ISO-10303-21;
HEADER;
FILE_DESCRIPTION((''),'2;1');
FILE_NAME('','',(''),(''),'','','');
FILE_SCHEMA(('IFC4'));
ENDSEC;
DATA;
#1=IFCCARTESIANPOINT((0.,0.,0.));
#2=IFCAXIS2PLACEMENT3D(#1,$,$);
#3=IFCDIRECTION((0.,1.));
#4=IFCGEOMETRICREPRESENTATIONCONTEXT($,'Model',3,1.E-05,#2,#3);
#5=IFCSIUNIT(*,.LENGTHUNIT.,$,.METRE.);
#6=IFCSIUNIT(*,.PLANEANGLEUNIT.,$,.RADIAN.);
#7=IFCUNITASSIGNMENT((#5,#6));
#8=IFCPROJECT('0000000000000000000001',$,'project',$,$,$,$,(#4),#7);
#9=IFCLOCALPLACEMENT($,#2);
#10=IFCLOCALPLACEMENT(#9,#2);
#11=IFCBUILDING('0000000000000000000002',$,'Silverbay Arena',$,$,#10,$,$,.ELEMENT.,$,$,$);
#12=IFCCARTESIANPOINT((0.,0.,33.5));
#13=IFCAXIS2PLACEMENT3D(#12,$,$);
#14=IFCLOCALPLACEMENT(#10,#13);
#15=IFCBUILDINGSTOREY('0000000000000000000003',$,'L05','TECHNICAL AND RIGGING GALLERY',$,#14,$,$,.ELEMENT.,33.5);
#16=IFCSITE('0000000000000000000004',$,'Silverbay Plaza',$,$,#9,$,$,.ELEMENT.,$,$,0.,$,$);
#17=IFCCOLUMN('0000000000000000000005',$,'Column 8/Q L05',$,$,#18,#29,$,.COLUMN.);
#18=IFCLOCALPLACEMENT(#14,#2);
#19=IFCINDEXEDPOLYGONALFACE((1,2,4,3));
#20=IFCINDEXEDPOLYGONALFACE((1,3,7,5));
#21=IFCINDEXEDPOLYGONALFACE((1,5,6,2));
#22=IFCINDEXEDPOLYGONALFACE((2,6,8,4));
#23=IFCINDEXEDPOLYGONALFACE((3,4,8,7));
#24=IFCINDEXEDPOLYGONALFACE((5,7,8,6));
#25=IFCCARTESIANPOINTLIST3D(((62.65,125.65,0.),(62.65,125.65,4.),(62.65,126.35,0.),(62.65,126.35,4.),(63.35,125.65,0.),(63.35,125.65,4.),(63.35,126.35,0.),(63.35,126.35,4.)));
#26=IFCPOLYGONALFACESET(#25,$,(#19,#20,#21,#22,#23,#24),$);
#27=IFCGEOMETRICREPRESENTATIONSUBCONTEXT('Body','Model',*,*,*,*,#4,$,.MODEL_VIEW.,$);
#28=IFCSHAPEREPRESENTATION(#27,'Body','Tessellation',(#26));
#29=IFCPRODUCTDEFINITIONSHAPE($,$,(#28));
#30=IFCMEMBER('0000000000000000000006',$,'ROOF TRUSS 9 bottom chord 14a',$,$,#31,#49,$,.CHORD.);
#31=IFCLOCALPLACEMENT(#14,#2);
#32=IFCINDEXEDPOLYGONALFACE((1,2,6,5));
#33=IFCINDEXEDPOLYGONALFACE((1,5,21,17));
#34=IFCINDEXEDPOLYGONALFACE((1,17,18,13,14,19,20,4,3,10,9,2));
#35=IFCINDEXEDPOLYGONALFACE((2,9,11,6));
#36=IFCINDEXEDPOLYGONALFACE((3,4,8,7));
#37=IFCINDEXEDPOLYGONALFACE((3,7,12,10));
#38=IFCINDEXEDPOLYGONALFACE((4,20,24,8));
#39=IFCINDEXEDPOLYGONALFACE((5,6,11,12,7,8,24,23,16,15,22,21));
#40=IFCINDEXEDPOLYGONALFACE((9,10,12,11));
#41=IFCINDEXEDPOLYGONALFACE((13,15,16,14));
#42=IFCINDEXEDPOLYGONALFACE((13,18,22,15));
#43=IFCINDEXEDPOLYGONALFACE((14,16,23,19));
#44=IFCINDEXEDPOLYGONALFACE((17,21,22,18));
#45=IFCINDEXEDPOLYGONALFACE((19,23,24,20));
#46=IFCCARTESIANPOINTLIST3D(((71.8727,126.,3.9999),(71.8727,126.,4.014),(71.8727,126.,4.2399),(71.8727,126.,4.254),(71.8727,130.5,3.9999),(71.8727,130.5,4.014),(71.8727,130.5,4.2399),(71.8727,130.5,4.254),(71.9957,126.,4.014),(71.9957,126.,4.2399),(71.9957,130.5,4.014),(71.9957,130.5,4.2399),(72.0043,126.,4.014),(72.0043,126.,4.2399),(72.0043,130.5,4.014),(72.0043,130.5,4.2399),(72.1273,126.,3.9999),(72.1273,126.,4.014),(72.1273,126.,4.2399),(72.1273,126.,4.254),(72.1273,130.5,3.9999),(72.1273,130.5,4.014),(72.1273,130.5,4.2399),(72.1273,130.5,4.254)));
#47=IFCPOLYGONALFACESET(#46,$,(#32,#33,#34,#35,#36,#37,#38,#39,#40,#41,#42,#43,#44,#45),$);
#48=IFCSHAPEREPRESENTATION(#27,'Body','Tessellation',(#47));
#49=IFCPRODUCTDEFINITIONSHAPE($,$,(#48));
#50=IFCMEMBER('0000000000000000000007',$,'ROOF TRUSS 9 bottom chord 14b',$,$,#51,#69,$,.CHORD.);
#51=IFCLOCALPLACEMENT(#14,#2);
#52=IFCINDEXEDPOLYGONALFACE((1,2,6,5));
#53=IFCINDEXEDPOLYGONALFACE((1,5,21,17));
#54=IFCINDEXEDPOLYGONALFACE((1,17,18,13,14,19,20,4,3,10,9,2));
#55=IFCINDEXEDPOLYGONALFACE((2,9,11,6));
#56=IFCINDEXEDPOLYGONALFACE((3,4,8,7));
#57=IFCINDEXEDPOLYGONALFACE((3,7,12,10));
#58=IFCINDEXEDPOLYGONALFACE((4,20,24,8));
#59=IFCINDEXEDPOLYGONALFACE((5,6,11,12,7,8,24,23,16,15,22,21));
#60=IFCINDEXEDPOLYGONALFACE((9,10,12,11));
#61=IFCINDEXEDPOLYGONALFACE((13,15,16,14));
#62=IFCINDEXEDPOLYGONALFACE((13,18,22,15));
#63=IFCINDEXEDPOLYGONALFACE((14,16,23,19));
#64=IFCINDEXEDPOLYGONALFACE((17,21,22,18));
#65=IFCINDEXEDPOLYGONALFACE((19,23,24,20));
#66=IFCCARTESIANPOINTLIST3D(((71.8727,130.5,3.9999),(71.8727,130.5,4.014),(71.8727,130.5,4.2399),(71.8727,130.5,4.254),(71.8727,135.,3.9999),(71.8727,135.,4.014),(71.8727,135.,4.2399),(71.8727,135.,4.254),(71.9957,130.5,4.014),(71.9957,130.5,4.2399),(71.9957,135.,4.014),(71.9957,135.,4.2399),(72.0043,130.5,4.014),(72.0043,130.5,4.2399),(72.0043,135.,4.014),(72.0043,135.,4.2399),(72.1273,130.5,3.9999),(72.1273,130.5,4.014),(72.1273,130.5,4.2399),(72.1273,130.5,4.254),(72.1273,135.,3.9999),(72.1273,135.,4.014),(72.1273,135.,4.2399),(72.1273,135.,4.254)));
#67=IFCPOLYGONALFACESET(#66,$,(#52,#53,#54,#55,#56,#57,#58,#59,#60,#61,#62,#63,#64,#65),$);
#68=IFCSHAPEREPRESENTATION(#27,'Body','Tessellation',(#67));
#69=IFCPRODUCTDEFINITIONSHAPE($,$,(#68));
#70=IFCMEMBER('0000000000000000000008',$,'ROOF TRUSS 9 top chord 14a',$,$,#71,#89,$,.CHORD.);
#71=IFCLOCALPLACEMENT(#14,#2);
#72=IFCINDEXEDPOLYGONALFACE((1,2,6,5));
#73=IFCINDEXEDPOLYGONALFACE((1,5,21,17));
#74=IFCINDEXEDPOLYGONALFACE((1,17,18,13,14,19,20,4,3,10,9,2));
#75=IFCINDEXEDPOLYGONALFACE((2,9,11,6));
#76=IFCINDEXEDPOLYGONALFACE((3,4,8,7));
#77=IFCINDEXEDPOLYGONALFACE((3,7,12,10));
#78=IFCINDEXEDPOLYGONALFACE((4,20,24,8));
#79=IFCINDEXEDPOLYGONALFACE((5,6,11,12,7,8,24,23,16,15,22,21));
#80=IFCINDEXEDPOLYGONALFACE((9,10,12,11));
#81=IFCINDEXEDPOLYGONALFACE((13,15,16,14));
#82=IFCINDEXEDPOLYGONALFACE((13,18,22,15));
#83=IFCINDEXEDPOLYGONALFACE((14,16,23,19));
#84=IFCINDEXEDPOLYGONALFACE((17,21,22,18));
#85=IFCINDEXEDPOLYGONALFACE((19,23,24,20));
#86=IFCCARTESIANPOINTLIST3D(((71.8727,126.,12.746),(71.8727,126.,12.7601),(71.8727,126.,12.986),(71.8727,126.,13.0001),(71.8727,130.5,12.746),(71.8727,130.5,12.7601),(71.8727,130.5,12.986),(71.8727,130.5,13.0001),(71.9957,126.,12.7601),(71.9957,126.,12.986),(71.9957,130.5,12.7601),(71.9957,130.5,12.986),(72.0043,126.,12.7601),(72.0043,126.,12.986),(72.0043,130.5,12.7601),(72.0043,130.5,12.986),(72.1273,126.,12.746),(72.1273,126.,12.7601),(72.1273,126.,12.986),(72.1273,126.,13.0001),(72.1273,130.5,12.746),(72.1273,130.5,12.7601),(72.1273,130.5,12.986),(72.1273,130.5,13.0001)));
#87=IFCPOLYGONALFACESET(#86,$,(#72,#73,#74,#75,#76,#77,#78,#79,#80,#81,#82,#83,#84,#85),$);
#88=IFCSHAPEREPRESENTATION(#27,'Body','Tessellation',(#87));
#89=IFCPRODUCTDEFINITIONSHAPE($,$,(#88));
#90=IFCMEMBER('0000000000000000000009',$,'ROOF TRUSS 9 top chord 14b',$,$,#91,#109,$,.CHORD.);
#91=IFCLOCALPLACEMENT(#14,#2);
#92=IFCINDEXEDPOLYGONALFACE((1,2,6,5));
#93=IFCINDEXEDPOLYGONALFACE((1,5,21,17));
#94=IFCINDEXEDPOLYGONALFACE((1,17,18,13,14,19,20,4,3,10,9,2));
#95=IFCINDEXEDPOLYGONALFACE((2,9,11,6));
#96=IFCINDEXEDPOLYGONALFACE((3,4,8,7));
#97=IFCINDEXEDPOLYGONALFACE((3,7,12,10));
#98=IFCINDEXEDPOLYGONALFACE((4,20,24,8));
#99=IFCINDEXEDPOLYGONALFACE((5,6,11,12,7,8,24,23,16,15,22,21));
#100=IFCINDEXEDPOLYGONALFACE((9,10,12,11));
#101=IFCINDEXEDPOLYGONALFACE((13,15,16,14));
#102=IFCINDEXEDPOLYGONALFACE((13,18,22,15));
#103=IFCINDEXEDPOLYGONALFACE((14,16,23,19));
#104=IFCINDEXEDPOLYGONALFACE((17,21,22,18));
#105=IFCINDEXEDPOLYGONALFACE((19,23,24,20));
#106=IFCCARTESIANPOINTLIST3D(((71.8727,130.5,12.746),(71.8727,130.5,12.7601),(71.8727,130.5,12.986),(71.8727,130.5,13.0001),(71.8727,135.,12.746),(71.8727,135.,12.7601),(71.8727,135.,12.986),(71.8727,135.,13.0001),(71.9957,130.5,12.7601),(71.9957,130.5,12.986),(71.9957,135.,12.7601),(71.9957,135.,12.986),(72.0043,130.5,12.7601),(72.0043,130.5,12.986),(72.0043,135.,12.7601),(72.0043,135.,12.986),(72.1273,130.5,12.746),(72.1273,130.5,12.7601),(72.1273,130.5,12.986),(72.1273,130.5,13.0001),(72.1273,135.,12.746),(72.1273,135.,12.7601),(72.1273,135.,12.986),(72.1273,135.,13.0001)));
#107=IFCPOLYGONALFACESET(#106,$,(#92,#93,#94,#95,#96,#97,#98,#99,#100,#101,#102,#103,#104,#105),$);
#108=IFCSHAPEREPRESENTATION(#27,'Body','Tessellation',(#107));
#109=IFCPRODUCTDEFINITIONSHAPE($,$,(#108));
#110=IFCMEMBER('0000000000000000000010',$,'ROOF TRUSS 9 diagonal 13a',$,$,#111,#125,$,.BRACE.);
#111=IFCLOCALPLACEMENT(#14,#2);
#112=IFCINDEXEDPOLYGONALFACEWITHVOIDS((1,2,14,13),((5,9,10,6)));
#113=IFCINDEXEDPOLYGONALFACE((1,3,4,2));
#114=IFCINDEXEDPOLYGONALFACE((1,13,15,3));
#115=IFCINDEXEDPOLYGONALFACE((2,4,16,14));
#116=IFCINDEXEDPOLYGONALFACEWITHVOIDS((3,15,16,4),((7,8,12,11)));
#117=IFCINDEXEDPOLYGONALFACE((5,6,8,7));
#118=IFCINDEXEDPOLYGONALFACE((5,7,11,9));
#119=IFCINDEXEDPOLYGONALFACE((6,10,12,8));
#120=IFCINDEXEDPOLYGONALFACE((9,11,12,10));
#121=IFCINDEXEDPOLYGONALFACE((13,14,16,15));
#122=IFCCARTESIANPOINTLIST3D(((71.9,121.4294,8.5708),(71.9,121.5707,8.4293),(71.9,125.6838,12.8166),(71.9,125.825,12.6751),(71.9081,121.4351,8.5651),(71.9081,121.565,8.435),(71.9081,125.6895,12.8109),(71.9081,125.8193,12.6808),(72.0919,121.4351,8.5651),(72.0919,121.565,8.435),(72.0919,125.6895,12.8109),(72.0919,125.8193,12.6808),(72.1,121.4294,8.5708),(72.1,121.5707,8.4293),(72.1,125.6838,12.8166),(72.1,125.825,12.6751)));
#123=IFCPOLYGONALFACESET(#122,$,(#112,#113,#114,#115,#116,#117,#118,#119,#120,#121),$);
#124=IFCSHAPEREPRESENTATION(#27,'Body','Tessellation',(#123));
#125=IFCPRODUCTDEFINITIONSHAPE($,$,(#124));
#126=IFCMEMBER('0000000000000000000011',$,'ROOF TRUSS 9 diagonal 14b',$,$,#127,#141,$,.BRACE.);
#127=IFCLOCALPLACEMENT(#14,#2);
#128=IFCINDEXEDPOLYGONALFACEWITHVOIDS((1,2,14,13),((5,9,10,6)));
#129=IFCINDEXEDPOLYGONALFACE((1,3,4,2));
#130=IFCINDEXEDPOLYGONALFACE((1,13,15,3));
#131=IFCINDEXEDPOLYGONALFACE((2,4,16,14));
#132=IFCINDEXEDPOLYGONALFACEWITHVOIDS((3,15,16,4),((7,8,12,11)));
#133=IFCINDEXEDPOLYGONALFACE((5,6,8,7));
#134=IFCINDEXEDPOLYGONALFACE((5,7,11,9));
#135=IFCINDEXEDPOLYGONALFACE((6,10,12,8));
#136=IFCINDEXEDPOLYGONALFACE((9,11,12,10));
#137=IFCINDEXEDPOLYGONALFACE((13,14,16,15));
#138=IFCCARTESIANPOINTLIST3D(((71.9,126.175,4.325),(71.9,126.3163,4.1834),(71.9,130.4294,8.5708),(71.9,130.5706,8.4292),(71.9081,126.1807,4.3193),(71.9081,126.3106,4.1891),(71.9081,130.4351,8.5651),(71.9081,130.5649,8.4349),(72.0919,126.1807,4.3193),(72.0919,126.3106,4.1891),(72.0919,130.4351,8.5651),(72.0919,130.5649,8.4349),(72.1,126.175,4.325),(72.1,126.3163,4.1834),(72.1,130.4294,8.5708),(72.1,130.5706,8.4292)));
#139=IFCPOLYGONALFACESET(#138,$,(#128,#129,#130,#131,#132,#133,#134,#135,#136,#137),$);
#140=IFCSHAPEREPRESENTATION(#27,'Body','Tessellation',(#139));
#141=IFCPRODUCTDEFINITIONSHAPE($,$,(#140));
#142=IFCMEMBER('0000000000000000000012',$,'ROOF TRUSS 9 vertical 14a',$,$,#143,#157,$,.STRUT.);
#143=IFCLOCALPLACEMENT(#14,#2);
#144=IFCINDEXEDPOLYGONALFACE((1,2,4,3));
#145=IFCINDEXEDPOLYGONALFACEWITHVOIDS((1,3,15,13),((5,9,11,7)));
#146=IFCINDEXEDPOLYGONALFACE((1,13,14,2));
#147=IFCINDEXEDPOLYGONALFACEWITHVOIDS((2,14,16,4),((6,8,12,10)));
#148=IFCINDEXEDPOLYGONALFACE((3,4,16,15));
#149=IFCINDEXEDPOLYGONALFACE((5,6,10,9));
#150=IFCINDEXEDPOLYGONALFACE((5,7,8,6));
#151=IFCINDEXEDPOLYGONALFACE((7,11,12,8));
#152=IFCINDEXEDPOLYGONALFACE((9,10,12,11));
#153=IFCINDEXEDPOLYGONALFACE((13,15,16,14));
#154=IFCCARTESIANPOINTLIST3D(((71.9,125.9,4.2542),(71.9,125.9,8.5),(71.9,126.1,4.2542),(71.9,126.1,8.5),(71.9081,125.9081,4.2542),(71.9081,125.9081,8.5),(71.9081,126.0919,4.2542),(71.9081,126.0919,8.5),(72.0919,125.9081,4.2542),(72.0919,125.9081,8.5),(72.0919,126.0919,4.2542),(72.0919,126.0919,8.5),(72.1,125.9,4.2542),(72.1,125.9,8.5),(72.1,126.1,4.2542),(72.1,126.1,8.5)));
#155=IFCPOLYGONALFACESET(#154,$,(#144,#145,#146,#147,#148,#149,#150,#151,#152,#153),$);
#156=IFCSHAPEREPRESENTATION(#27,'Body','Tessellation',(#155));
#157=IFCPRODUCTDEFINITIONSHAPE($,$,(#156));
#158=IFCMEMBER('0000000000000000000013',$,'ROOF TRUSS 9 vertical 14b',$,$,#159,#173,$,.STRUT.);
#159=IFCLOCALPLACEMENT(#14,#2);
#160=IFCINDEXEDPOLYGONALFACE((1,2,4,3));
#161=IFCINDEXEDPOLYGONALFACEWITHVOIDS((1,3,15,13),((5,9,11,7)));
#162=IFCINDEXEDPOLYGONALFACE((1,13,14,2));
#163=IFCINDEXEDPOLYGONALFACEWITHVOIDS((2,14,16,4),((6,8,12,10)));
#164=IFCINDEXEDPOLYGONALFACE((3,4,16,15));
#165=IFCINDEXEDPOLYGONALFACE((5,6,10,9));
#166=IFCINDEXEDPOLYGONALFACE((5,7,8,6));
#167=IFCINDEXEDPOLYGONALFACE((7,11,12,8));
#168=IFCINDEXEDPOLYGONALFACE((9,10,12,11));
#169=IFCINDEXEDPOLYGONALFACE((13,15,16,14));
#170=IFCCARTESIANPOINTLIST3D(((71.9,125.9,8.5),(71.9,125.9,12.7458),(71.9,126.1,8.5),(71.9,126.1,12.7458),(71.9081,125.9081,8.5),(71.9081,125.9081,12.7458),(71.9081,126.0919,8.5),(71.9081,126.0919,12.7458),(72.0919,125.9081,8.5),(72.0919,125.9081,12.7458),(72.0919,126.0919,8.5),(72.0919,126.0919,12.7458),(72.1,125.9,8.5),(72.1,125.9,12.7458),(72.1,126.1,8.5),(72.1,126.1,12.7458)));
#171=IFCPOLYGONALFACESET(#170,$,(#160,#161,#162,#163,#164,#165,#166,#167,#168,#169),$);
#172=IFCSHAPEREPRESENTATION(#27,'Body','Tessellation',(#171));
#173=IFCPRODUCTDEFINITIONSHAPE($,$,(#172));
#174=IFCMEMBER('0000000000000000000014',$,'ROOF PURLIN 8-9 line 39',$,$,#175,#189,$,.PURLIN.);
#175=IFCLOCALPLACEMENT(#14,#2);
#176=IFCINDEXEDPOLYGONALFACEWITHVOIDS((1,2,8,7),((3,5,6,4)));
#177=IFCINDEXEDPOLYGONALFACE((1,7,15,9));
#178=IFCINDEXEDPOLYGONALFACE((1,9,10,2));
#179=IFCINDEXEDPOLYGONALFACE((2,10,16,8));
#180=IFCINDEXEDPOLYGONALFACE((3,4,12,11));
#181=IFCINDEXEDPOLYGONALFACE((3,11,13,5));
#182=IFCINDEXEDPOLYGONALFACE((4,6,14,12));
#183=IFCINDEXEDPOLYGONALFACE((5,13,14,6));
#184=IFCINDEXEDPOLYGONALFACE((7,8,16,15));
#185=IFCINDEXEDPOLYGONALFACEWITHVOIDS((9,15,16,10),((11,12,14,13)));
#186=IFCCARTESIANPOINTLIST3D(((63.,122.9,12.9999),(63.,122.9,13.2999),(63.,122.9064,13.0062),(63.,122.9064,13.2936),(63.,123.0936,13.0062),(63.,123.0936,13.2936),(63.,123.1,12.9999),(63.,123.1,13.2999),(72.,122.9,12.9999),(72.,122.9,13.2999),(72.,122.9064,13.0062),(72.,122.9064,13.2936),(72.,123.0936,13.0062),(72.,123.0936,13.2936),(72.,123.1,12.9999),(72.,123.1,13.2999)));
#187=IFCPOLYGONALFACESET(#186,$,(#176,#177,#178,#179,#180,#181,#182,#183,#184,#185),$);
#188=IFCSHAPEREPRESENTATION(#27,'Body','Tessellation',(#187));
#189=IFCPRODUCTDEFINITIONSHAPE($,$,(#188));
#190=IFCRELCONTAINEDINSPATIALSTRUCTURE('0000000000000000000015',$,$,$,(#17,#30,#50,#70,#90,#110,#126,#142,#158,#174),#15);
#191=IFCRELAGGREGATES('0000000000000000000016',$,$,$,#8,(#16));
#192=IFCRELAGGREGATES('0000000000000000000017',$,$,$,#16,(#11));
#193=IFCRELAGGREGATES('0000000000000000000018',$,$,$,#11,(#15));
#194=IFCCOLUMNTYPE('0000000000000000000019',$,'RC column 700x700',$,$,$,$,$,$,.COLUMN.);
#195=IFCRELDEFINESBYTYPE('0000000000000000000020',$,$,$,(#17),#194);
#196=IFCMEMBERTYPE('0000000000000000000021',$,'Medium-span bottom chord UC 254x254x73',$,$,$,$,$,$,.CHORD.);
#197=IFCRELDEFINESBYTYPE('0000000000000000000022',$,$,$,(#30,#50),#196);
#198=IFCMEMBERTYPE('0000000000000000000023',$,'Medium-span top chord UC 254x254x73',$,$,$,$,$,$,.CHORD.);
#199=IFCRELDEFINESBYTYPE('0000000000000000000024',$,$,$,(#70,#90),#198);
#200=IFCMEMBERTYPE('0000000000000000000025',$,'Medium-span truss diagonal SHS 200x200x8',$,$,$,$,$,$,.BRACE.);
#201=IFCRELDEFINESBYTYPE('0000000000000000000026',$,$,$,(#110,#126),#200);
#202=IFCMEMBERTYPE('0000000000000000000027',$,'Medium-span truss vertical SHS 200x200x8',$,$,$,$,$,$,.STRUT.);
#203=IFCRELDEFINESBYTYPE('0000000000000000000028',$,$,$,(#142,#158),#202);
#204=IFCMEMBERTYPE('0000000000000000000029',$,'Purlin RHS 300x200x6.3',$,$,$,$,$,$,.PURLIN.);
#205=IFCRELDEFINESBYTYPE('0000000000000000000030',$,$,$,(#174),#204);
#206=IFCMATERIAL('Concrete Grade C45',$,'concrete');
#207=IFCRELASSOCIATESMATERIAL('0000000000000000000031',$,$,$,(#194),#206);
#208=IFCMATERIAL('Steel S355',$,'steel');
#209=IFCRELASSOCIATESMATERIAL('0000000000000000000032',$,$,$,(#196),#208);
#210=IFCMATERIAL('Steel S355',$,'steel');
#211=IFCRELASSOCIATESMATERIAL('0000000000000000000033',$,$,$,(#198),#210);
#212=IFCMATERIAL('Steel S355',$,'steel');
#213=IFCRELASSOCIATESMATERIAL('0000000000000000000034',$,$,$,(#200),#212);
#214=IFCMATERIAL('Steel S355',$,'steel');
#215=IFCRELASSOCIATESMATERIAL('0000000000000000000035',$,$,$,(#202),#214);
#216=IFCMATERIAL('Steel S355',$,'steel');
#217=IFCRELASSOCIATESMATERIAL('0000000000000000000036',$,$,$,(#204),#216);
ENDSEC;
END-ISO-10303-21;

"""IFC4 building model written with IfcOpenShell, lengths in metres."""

from ifc_helpers import new_model, si_unit, direction, frame, origin, origin_2d, place, context, subcontext, project, spatial, rectangle, hollow_rectangle, i_section, extrude, material, material_profile, profile_set, type_object, element, save


model = new_model("IFC4")

# Units and contexts
model_context = context("Model", 3, precision=1e-05, world=origin(), true_north=direction((0.0, 1.0)))
body_context = subcontext(model_context, "Body", "Model", "MODEL_VIEW")
ifc_project = project(units=[si_unit("LENGTHUNIT", "METRE"), si_unit("PLANEANGLEUNIT", "RADIAN")], contexts=[model_context])

# Site, building, storey
site_placement = place(None, origin())
site = spatial("IfcSite", under=ifc_project, at=site_placement, Name="Silverbay Plaza", CompositionType="ELEMENT", RefElevation=0.0)
building_placement = place(site_placement, origin())
building = spatial("IfcBuilding", under=site, at=building_placement, Name="Silverbay Arena", CompositionType="ELEMENT")
storey_placement = place(building_placement, frame((0.0, 0.0, 33.5)))
storey = spatial("IfcBuildingStorey", under=building, at=storey_placement, Name="L05", Description="TECHNICAL AND RIGGING GALLERY", CompositionType="ELEMENT", Elevation=33.5)

# Column
ifc_material_1 = material(Name="Concrete Grade C45", Category="concrete")
ifc_material_profile_1 = material_profile(ifc_material_1, rectangle(XDim=0.7, YDim=0.7, at=origin_2d()), Name="RC 700x700")
ifc_profile_set_1 = profile_set([ifc_material_profile_1], Name="Concrete Grade C45")
column_type = type_object("IfcColumnType", Name="RC column 700x700", PredefinedType="COLUMN", material=ifc_profile_set_1)
column_placement = place(storey_placement, frame((63.0, 126.0, 0.0), z_axis=(0.0, 0.0, 1.0), x_axis=(1.0, 0.0, 0.0)))
element("IfcColumn", 1, at=column_placement, inside=storey, type_object=column_type, Name="Column 8/Q L05", PredefinedType="COLUMN", context=body_context, shape_type="SweptSolid", body=[
    extrude(rectangle(XDim=0.7, YDim=0.7, at=origin_2d()), origin(), (0.0, 0.0, 1.0), 4.0),
])

# Members
ifc_material_2 = material(Name="Steel S355", Category="steel")
ifc_material_profile_2 = material_profile(ifc_material_2, i_section(OverallWidth=0.2546, OverallDepth=0.2542, WebThickness=0.0085, FlangeThickness=0.0142, at=origin_2d()), Name="UC 254x254x73")
ifc_profile_set_2 = profile_set([ifc_material_profile_2], Name="Steel S355")
member_type_1 = type_object("IfcMemberType", Name="Medium-span bottom chord UC 254x254x73", PredefinedType="CHORD", material=ifc_profile_set_2)
for number, where, z_axis, x_axis, name in (
    (2, (72.0, 126.0, 4.127), (0.0, 1.0, 0.0), (-1.0, 0.0, 0.0), "ROOF TRUSS 9 bottom chord 14a"),
    (3, (72.0, 130.5, 4.127), (0.0, 1.0, 0.0), (-1.0, 0.0, 0.0), "ROOF TRUSS 9 bottom chord 14b"),
):
    element("IfcMember", number, at=place(storey_placement, frame(where, z_axis=z_axis, x_axis=x_axis)), inside=storey, type_object=member_type_1, Name=name, PredefinedType="CHORD", context=body_context, shape_type="SweptSolid", body=[
        extrude(i_section(OverallWidth=0.2546, OverallDepth=0.2542, WebThickness=0.0085, FlangeThickness=0.0142, at=origin_2d()), origin(), (0.0, 0.0, 1.0), 4.5),
    ])
ifc_material_3 = material(Name="Steel S355", Category="steel")
ifc_material_profile_3 = material_profile(ifc_material_3, i_section(OverallWidth=0.2546, OverallDepth=0.2542, WebThickness=0.0085, FlangeThickness=0.0142, at=origin_2d()), Name="UC 254x254x73")
ifc_profile_set_3 = profile_set([ifc_material_profile_3], Name="Steel S355")
member_type_2 = type_object("IfcMemberType", Name="Medium-span top chord UC 254x254x73", PredefinedType="CHORD", material=ifc_profile_set_3)
for number, where, z_axis, x_axis, name in (
    (4, (72.0, 126.0, 12.873), (0.0, 1.0, 0.0), (-1.0, 0.0, 0.0), "ROOF TRUSS 9 top chord 14a"),
    (5, (72.0, 130.5, 12.873), (0.0, 1.0, 0.0), (-1.0, 0.0, 0.0), "ROOF TRUSS 9 top chord 14b"),
):
    element("IfcMember", number, at=place(storey_placement, frame(where, z_axis=z_axis, x_axis=x_axis)), inside=storey, type_object=member_type_2, Name=name, PredefinedType="CHORD", context=body_context, shape_type="SweptSolid", body=[
        extrude(i_section(OverallWidth=0.2546, OverallDepth=0.2542, WebThickness=0.0085, FlangeThickness=0.0142, at=origin_2d()), origin(), (0.0, 0.0, 1.0), 4.5),
    ])
ifc_material_4 = material(Name="Steel S355", Category="steel")
ifc_material_profile_4 = material_profile(ifc_material_4, hollow_rectangle(XDim=0.2, YDim=0.2, WallThickness=0.0081, at=origin_2d()), Name="SHS 200x200x8")
ifc_profile_set_4 = profile_set([ifc_material_profile_4], Name="Steel S355")
member_type_3 = type_object("IfcMemberType", Name="Medium-span truss diagonal SHS 200x200x8", PredefinedType="BRACE", material=ifc_profile_set_4)
for number, where, z_axis, x_axis, name in (
    (6, (72.0, 125.7544, 12.7458), (0.0, -0.707817, -0.706396), (1.0, 0.0, 0.0), "ROOF TRUSS 9 diagonal 13a"),
    (7, (72.0, 130.5, 8.5), (0.0, -0.707817, -0.706396), (1.0, 0.0, 0.0), "ROOF TRUSS 9 diagonal 14b"),
):
    element("IfcMember", number, at=place(storey_placement, frame(where, z_axis=z_axis, x_axis=x_axis)), inside=storey, type_object=member_type_3, Name=name, PredefinedType="BRACE", context=body_context, shape_type="SweptSolid", body=[
        extrude(hollow_rectangle(XDim=0.2, YDim=0.2, WallThickness=0.0081, at=origin_2d()), origin(), (0.0, 0.0, 1.0), 6.0105),
    ])
ifc_material_5 = material(Name="Steel S355", Category="steel")
ifc_material_profile_5 = material_profile(ifc_material_5, hollow_rectangle(XDim=0.2, YDim=0.2, WallThickness=0.0081, at=origin_2d()), Name="SHS 200x200x8")
ifc_profile_set_5 = profile_set([ifc_material_profile_5], Name="Steel S355")
member_type_4 = type_object("IfcMemberType", Name="Medium-span truss vertical SHS 200x200x8", PredefinedType="STRUT", material=ifc_profile_set_5)
for number, where, z_axis, x_axis, name in (
    (8, (72.0, 126.0, 4.2542), (0.0, 0.0, 1.0), (1.0, 0.0, 0.0), "ROOF TRUSS 9 vertical 14a"),
    (9, (72.0, 126.0, 8.5), (0.0, 0.0, 1.0), (1.0, 0.0, 0.0), "ROOF TRUSS 9 vertical 14b"),
):
    element("IfcMember", number, at=place(storey_placement, frame(where, z_axis=z_axis, x_axis=x_axis)), inside=storey, type_object=member_type_4, Name=name, PredefinedType="STRUT", context=body_context, shape_type="SweptSolid", body=[
        extrude(hollow_rectangle(XDim=0.2, YDim=0.2, WallThickness=0.0081, at=origin_2d()), origin(), (0.0, 0.0, 1.0), 4.2458),
    ])
ifc_material_6 = material(Name="Steel S355", Category="steel")
ifc_material_profile_6 = material_profile(ifc_material_6, hollow_rectangle(XDim=0.2, YDim=0.3, WallThickness=0.0063, at=origin_2d()), Name="RHS 300x200x6.3")
ifc_profile_set_6 = profile_set([ifc_material_profile_6], Name="Steel S355")
member_type_5 = type_object("IfcMemberType", Name="Purlin RHS 300x200x6.3", PredefinedType="PURLIN", material=ifc_profile_set_6)
for number, where, z_axis, x_axis, name in (
    (10, (63.0, 123.0, 13.1499), (1.0, 0.0, 0.0), (0.0, 1.0, 0.0), "ROOF PURLIN 8-9 line 39"),
):
    element("IfcMember", number, at=place(storey_placement, frame(where, z_axis=z_axis, x_axis=x_axis)), inside=storey, type_object=member_type_5, Name=name, PredefinedType="PURLIN", context=body_context, shape_type="SweptSolid", body=[
        extrude(hollow_rectangle(XDim=0.2, YDim=0.3, WallThickness=0.0063, at=origin_2d()), origin(), (0.0, 0.0, 1.0), 9.0),
    ])

save(model, "model.ifc")
